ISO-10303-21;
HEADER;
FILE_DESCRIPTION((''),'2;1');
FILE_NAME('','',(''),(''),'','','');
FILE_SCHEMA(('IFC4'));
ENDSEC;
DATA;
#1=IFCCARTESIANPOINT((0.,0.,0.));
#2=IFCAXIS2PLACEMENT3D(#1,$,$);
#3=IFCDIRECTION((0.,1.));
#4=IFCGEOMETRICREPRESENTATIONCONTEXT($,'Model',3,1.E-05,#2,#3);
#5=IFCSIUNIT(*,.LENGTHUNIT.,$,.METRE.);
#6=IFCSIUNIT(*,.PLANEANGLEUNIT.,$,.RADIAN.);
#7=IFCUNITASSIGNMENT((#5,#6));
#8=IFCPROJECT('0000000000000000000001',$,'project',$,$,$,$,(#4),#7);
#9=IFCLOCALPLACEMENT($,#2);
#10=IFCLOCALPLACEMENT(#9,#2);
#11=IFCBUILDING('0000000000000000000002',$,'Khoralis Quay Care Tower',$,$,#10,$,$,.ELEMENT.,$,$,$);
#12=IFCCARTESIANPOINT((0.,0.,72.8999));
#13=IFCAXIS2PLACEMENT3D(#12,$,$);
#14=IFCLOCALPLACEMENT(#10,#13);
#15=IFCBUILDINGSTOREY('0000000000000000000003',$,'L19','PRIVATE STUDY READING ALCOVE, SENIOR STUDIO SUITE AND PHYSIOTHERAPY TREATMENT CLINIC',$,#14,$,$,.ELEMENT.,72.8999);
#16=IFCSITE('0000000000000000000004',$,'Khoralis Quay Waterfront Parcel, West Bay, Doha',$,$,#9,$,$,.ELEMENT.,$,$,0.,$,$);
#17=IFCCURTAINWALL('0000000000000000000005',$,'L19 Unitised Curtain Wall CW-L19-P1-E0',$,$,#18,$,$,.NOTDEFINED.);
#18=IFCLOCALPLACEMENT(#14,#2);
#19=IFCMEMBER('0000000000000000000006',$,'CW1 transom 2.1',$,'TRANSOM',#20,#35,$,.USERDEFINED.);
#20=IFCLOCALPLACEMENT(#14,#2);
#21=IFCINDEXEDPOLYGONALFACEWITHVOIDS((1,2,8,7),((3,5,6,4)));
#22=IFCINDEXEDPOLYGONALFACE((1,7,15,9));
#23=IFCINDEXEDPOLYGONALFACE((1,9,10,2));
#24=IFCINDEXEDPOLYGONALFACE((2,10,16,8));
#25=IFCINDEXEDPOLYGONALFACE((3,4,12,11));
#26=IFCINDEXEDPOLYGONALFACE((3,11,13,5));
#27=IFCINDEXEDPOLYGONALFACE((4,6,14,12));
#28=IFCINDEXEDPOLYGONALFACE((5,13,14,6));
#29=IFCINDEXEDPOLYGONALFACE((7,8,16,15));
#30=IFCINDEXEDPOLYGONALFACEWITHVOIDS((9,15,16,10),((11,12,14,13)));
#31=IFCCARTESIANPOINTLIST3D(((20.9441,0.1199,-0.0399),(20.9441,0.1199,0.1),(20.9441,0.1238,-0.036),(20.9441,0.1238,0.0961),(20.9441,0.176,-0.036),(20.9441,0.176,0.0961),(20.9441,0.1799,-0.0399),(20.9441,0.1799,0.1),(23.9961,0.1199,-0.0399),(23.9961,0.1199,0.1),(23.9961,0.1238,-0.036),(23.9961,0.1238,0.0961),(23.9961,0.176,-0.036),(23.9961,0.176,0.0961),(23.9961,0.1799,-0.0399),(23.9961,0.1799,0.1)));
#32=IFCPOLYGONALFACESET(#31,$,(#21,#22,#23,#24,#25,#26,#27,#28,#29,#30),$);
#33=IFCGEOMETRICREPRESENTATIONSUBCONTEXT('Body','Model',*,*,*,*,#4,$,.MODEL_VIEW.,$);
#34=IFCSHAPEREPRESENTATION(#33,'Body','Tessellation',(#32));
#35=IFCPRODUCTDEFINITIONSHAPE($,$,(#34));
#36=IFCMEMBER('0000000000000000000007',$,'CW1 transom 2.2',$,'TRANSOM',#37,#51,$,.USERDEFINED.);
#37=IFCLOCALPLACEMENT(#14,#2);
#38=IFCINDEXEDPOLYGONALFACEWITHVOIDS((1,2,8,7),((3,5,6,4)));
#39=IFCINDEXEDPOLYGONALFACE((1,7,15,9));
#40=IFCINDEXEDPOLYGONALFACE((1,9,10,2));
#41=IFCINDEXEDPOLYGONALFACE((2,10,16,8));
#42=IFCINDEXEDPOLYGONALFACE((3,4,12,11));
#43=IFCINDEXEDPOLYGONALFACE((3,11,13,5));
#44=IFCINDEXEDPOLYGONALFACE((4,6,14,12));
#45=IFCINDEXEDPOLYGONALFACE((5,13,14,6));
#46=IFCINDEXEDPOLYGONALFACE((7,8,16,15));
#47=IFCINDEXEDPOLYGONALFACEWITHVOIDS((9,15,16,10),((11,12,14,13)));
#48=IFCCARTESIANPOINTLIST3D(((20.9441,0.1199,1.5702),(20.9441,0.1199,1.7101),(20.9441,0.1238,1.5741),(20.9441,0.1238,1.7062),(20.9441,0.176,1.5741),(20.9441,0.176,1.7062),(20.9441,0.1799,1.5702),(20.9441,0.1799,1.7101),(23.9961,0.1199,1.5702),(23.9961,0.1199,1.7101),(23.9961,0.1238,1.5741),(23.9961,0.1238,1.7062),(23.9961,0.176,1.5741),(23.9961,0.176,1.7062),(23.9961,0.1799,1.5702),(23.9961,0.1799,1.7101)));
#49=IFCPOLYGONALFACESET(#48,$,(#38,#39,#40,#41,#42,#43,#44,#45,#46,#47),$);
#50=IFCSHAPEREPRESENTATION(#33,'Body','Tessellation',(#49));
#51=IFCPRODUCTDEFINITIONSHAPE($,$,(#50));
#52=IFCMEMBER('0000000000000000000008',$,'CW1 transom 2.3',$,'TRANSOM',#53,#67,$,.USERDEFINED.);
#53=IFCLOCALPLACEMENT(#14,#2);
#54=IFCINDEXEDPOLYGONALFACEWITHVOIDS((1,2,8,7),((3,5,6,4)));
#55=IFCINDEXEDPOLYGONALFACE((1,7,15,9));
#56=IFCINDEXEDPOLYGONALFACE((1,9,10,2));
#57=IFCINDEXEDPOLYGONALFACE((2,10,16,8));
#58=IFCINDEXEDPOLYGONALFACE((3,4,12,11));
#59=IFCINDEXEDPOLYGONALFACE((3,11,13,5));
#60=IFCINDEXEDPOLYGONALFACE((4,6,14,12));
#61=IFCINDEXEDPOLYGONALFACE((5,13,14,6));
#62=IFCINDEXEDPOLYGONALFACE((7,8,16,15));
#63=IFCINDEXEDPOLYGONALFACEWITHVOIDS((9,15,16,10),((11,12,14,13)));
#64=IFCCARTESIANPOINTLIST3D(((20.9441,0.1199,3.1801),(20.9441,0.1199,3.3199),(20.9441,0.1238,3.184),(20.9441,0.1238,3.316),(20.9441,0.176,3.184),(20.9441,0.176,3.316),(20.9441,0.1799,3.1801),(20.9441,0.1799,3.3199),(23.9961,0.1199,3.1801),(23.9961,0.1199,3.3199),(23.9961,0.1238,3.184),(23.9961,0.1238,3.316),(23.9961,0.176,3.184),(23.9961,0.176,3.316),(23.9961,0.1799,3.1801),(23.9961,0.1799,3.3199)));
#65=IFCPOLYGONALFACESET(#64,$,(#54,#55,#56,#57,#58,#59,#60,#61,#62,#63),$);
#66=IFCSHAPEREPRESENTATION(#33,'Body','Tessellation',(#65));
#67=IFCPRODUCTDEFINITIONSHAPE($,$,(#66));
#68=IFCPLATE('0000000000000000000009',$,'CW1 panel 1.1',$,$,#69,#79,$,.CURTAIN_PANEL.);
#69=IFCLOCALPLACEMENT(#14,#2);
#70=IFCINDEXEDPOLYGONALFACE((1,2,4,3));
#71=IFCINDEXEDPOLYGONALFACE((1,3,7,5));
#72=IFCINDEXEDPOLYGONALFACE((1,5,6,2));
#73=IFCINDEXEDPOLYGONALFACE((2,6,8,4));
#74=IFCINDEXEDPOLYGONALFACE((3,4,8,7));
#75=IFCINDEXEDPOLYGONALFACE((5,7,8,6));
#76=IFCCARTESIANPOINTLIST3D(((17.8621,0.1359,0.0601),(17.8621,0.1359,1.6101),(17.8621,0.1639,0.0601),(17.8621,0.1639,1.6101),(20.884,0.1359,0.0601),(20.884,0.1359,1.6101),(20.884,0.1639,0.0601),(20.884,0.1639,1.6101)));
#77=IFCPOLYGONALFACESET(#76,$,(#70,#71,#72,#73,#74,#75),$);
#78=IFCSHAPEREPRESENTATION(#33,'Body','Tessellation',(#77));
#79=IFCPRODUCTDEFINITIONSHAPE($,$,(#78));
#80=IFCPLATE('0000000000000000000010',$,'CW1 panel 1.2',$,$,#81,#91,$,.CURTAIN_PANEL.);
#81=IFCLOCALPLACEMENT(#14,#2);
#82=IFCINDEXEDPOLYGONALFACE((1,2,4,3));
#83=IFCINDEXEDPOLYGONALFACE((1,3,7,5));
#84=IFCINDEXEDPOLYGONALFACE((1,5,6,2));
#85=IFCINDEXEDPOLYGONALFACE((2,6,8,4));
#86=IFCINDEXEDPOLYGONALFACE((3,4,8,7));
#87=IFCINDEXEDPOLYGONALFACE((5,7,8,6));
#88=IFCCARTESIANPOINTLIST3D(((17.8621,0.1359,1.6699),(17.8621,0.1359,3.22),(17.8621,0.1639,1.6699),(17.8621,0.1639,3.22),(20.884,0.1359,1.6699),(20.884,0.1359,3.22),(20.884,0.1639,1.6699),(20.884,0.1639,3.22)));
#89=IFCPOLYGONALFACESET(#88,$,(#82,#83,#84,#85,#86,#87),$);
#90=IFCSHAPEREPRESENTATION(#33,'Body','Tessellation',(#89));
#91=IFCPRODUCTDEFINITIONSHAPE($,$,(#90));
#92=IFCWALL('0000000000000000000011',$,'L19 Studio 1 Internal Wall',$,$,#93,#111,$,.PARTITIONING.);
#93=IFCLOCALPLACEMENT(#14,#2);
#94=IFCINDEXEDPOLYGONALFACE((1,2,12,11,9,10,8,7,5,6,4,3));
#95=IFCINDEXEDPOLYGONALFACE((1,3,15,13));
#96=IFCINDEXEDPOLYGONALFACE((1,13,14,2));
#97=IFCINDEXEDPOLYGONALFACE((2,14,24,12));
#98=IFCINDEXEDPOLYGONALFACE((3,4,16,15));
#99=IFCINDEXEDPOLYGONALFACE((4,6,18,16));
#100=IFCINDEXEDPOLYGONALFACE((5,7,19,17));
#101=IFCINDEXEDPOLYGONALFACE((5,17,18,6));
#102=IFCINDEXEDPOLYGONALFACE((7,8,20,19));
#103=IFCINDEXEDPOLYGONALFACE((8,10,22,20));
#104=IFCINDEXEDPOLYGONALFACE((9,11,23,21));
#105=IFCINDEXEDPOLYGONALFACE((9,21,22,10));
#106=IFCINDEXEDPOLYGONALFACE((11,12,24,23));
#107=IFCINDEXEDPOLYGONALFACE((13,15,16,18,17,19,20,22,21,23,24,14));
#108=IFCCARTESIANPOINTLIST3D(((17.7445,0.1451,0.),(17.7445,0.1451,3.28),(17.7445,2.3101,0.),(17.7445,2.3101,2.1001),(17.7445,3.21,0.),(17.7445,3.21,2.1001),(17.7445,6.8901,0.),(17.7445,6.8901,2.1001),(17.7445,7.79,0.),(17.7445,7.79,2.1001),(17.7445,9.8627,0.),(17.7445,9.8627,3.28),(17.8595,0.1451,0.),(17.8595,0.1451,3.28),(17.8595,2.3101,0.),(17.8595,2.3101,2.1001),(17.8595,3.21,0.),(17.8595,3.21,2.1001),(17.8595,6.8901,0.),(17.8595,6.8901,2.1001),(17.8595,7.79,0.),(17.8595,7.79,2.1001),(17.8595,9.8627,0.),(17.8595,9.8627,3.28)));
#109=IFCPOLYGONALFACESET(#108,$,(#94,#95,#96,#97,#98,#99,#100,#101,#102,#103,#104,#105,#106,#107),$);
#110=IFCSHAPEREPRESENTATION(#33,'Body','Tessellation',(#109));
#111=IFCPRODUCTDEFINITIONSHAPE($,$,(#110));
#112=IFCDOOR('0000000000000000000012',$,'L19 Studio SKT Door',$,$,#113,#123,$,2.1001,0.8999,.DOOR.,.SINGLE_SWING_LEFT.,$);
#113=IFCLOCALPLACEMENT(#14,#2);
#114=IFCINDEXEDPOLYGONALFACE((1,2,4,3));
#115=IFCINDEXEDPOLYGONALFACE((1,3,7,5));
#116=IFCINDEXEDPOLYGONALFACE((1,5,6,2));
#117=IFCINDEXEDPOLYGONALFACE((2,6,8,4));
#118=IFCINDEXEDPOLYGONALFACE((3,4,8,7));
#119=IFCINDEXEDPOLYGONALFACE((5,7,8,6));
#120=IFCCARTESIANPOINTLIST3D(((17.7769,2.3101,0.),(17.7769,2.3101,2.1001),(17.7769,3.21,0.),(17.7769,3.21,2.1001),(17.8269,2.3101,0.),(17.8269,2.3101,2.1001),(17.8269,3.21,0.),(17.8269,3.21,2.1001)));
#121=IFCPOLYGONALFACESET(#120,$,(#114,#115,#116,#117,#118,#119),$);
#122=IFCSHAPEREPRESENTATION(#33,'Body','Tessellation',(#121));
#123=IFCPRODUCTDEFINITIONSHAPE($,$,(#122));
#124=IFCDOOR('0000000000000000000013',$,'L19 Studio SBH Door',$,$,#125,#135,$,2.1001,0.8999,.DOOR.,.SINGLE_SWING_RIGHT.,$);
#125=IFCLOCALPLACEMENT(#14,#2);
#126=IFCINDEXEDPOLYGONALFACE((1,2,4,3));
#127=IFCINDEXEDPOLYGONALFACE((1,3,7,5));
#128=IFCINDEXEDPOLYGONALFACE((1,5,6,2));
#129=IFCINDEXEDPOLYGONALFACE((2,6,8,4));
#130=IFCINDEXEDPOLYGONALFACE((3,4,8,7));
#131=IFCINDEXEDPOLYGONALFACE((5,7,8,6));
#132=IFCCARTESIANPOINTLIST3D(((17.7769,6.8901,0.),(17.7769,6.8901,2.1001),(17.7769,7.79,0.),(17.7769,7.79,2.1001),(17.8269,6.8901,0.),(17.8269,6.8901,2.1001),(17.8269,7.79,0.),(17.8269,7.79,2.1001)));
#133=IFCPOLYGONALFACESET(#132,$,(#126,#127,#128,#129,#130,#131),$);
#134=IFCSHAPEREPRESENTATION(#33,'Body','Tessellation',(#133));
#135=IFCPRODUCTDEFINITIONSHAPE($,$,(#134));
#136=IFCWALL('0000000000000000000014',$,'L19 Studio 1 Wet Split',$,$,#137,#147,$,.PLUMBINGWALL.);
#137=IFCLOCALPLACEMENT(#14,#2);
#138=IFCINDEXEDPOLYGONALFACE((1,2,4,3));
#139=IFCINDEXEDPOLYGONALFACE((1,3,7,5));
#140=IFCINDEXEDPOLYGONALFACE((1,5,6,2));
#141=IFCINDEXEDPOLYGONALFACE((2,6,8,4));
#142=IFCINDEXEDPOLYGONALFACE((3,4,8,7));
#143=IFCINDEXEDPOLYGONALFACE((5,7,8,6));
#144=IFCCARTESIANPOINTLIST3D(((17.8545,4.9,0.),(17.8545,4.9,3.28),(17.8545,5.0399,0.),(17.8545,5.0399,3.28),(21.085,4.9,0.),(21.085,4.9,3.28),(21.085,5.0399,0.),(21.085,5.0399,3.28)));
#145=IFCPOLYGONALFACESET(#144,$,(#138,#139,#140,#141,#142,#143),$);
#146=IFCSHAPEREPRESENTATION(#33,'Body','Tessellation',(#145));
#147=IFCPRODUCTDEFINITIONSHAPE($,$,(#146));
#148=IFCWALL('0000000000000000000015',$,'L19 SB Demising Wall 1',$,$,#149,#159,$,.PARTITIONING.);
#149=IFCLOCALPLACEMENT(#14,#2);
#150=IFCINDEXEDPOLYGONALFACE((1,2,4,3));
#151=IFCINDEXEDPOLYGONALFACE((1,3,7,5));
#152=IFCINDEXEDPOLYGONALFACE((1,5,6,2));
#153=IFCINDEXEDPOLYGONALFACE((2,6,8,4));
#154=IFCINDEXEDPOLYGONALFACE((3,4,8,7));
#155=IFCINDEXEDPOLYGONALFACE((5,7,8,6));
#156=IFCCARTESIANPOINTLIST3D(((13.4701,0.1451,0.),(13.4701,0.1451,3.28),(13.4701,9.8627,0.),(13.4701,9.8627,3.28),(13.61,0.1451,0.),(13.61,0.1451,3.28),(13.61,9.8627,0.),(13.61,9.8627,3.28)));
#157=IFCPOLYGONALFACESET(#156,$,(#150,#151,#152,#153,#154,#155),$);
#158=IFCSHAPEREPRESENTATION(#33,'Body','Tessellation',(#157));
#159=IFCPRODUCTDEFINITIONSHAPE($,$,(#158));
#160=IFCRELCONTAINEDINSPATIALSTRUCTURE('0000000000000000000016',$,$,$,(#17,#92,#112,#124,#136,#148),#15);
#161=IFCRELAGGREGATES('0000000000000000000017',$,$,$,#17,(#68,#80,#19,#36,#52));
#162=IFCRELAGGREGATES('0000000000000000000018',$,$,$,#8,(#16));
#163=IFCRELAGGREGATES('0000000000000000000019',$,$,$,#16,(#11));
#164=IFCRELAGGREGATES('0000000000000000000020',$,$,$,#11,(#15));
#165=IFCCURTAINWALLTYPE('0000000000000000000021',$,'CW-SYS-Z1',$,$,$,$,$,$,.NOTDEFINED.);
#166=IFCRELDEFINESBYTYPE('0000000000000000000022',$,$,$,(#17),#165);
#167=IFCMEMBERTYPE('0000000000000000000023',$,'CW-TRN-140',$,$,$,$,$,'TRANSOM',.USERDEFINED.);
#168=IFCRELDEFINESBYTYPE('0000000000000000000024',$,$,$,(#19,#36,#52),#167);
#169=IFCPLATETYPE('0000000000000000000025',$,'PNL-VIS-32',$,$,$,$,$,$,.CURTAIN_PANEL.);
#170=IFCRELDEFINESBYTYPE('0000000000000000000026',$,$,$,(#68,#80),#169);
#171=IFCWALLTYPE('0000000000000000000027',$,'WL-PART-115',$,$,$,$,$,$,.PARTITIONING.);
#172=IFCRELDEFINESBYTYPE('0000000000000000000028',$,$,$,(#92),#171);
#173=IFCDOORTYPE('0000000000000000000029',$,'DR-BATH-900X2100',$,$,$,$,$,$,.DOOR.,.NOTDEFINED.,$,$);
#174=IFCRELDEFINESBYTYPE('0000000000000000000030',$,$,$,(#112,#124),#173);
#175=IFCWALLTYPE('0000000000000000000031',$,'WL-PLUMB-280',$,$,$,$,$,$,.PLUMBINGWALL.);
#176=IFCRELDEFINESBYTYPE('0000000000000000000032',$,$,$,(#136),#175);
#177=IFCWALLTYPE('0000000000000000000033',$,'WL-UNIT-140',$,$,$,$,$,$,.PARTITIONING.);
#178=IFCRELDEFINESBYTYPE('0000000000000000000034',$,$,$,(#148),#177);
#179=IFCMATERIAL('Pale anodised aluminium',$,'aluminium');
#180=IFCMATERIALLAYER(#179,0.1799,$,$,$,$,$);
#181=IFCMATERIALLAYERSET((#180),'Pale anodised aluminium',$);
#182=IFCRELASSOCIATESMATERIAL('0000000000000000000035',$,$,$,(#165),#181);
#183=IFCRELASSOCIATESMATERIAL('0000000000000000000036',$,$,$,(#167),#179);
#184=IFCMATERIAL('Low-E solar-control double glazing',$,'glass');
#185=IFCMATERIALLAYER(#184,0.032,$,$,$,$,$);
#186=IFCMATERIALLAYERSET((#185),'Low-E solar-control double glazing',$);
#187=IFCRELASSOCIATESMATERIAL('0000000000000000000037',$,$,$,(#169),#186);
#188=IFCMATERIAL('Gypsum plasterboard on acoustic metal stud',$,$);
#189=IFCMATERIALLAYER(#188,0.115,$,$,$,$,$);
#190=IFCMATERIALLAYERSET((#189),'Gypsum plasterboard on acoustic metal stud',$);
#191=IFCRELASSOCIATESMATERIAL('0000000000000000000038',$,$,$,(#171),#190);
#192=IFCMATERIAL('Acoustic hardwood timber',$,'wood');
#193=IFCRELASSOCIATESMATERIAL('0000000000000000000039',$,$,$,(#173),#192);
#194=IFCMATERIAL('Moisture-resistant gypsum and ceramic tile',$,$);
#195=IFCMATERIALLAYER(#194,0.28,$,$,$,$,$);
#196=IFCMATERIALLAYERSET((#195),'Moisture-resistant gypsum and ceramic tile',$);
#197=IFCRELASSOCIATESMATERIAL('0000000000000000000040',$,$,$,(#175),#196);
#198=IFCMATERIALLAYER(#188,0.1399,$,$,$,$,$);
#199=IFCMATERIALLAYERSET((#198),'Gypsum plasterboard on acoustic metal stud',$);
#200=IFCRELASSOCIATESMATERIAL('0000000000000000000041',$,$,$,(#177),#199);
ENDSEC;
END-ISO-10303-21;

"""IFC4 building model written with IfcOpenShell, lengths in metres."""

from ifc_helpers import new_model, si_unit, direction, frame, frame_2d, origin, origin_2d, place, context, subcontext, project, spatial, rectangle, hollow_rectangle, extrude, source, transform, mapped, material, layer, layer_set, material_profile, profile_set, type_object, element, fill, aggregate, save


model = new_model("IFC4")

# Units and contexts
model_context = context("Model", 3, precision=1e-05, world=origin(), true_north=direction((0.0, 1.0)))
body_context = subcontext(model_context, "Body", "Model", "MODEL_VIEW")
ifc_project = project(units=[si_unit("LENGTHUNIT", "METRE"), si_unit("PLANEANGLEUNIT", "RADIAN")], contexts=[model_context])

# Site, building, storey
site_placement = place(None, origin())
site = spatial("IfcSite", under=ifc_project, at=site_placement, Name="Khoralis Quay Waterfront Parcel, West Bay, Doha", CompositionType="ELEMENT", RefElevation=0.0)
building_placement = place(site_placement, origin())
building = spatial("IfcBuilding", under=site, at=building_placement, Name="Khoralis Quay Care Tower", CompositionType="ELEMENT")
storey_placement = place(building_placement, frame((0.0, 0.0, 72.8999)))
storey = spatial("IfcBuildingStorey", under=building, at=storey_placement, Name="L19", Description="PRIVATE STUDY READING ALCOVE, SENIOR STUDIO SUITE AND PHYSIOTHERAPY TREATMENT CLINIC", CompositionType="ELEMENT", Elevation=72.8999)

# Curtain wall, members, plates
ifc_material_1 = material(Name="Pale anodised aluminium", Category="aluminium")
ifc_layer_1 = layer(ifc_material_1, 0.1799)
ifc_layer_set_1 = layer_set([ifc_layer_1], Name="Pale anodised aluminium")
curtain_wall_type = type_object("IfcCurtainWallType", Name="CW-SYS-Z1", PredefinedType="NOTDEFINED", material=ifc_layer_set_1)
curtain_wall_placement = place(storey_placement, origin())
curtain_wall = element("IfcCurtainWall", 1, at=curtain_wall_placement, inside=storey, type_object=curtain_wall_type, Name="L19 Unitised Curtain Wall CW-L19-P1-E0", PredefinedType="NOTDEFINED")
ifc_material_profile_1 = material_profile(ifc_material_1, hollow_rectangle(XDim=0.0601, YDim=0.1399, WallThickness=0.0039, at=origin_2d()), Name="Pale anodised aluminium")
ifc_profile_set_1 = profile_set([ifc_material_profile_1], Name="Pale anodised aluminium")
member_type_1 = type_object("IfcMemberType", Name="CW-TRN-140", ElementType="TRANSOM", PredefinedType="USERDEFINED", material=ifc_profile_set_1)
shared_shape_1 = source(origin(), body_context, "Body", "SweptSolid", [
    extrude(hollow_rectangle(XDim=0.0601, YDim=0.1399, WallThickness=0.0039, at=origin_2d()), origin(), (0.0, 0.0, 1.0), 3.052),
])
member_1_placement = place(storey_placement, frame((20.9441, 0.1499, 0.03), z_axis=(1.0, 0.0, 0.0), x_axis=(0.0, 1.0, 0.0)))
member_1 = element("IfcMember", 2, at=member_1_placement, type_object=member_type_1, Name="CW1 transom 2.1", ObjectType="TRANSOM", PredefinedType="USERDEFINED", context=body_context, shape_type="MappedRepresentation", body=[
    mapped(shared_shape_1, transform((0.0, 0.0, 0.0), scale=1.0)),
])
member_2_placement = place(storey_placement, frame((20.9441, 0.1499, 1.6401), z_axis=(1.0, 0.0, 0.0), x_axis=(0.0, 1.0, 0.0)))
member_2 = element("IfcMember", 3, at=member_2_placement, type_object=member_type_1, Name="CW1 transom 2.2", ObjectType="TRANSOM", PredefinedType="USERDEFINED", context=body_context, shape_type="MappedRepresentation", body=[
    mapped(shared_shape_1, transform((0.0, 0.0, 0.0), scale=1.0)),
])
member_3_placement = place(storey_placement, frame((20.9441, 0.1499, 3.25), z_axis=(1.0, 0.0, 0.0), x_axis=(0.0, 1.0, 0.0)))
member_3 = element("IfcMember", 4, at=member_3_placement, type_object=member_type_1, Name="CW1 transom 2.3", ObjectType="TRANSOM", PredefinedType="USERDEFINED", context=body_context, shape_type="MappedRepresentation", body=[
    mapped(shared_shape_1, transform((0.0, 0.0, 0.0), scale=1.0)),
])
ifc_material_2 = material(Name="Low-E solar-control double glazing", Category="glass")
ifc_layer_2 = layer(ifc_material_2, 0.032)
ifc_layer_set_2 = layer_set([ifc_layer_2], Name="Low-E solar-control double glazing")
plate_type = type_object("IfcPlateType", Name="PNL-VIS-32", PredefinedType="CURTAIN_PANEL", material=ifc_layer_set_2)
shared_shape_2 = source(origin(), body_context, "Body", "SweptSolid", [
    extrude(rectangle(XDim=3.022, YDim=0.0281, at=origin_2d()), origin(), (0.0, 0.0, 1.0), 1.55),
])
plate_1_placement = place(storey_placement, frame((19.373, 0.1499, 0.0601), z_axis=(0.0, 0.0, 1.0), x_axis=(1.0, 0.0, 0.0)))
plate_1 = element("IfcPlate", 5, at=plate_1_placement, type_object=plate_type, Name="CW1 panel 1.1", PredefinedType="CURTAIN_PANEL", context=body_context, shape_type="MappedRepresentation", body=[
    mapped(shared_shape_2, transform((0.0, 0.0, 0.0), scale=1.0)),
])
plate_2_placement = place(storey_placement, frame((19.373, 0.1499, 1.6699), z_axis=(0.0, 0.0, 1.0), x_axis=(1.0, 0.0, 0.0)))
plate_2 = element("IfcPlate", 6, at=plate_2_placement, type_object=plate_type, Name="CW1 panel 1.2", PredefinedType="CURTAIN_PANEL", context=body_context, shape_type="MappedRepresentation", body=[
    mapped(shared_shape_2, transform((0.0, 0.0, 0.0), scale=1.0)),
])
aggregate(curtain_wall, [plate_1, plate_2, member_1, member_2, member_3])

# Wall, openings, doors
ifc_material_3 = material(Name="Gypsum plasterboard on acoustic metal stud")
ifc_layer_3 = layer(ifc_material_3, 0.115)
ifc_layer_set_3 = layer_set([ifc_layer_3], Name="Gypsum plasterboard on acoustic metal stud")
wall_type_1 = type_object("IfcWallType", Name="WL-PART-115", PredefinedType="PARTITIONING", material=ifc_layer_set_3)
wall_1_placement = place(storey_placement, frame((17.802, 0.145, 0.0), z_axis=(0.0, 0.0, 1.0), x_axis=(0.0, 1.0, 0.0)))
wall_1 = element("IfcWall", 7, at=wall_1_placement, inside=storey, type_object=wall_type_1, Name="L19 Studio 1 Internal Wall", PredefinedType="PARTITIONING", context=body_context, shape_type="SweptSolid", body=[
    extrude(rectangle(XDim=9.7175, YDim=0.115, at=frame_2d((4.8589, 0.0))), origin(), (0.0, 0.0, 1.0), 3.28),
])
opening_1_placement = place(wall_1_placement, frame((2.165, 0.0, 0.0)))
opening_1 = element("IfcOpeningElement", 8, at=opening_1_placement, cuts=wall_1, PredefinedType="OPENING", context=body_context, shape_type="SweptSolid", body=[
    extrude(rectangle(XDim=0.8999, YDim=2.1001, at=frame_2d((0.45, 1.05))), frame((0.0, 0.0674, 0.0), z_axis=(0.0, -1.0, 0.0), x_axis=(1.0, 0.0, 0.0)), (0.0, 0.0, 1.0), 0.135),
])
opening_2_placement = place(wall_1_placement, frame((6.7451, 0.0, 0.0)))
opening_2 = element("IfcOpeningElement", 9, at=opening_2_placement, cuts=wall_1, PredefinedType="OPENING", context=body_context, shape_type="SweptSolid", body=[
    extrude(rectangle(XDim=0.8999, YDim=2.1001, at=frame_2d((0.45, 1.05))), frame((0.0, 0.0674, 0.0), z_axis=(0.0, -1.0, 0.0), x_axis=(1.0, 0.0, 0.0)), (0.0, 0.0, 1.0), 0.135),
])
ifc_material_4 = material(Name="Acoustic hardwood timber", Category="wood")
door_type = type_object("IfcDoorType", Name="DR-BATH-900X2100", OperationType="NOTDEFINED", PredefinedType="DOOR", material=ifc_material_4)
shared_shape_3 = source(origin(), body_context, "Body", "SweptSolid", [
    extrude(rectangle(XDim=0.8999, YDim=2.1001, at=frame_2d((0.45, 1.05))), frame((0.0, 0.0249, 0.0), z_axis=(0.0, -1.0, 0.0), x_axis=(1.0, 0.0, 0.0)), (0.0, 0.0, 1.0), 0.05),
])
door_1_placement = place(opening_1_placement, frame((0.8999, 0.0, 0.0), z_axis=(0.0, 0.0, 1.0), x_axis=(-1.0, 0.0, 0.0)))
door_1 = element("IfcDoor", 10, at=door_1_placement, inside=storey, type_object=door_type, Name="L19 Studio SKT Door", OperationType="SINGLE_SWING_LEFT", OverallHeight=2.1001, OverallWidth=0.8999, PredefinedType="DOOR", context=body_context, shape_type="MappedRepresentation", body=[
    mapped(shared_shape_3, transform((0.0, 0.0, 0.0), scale=1.0)),
])
fill(opening_1, door_1)
door_2_placement = place(opening_2_placement, frame((0.8999, 0.0, 0.0), z_axis=(0.0, 0.0, 1.0), x_axis=(-1.0, 0.0, 0.0)))
door_2 = element("IfcDoor", 11, at=door_2_placement, inside=storey, type_object=door_type, Name="L19 Studio SBH Door", OperationType="SINGLE_SWING_RIGHT", OverallHeight=2.1001, OverallWidth=0.8999, PredefinedType="DOOR", context=body_context, shape_type="MappedRepresentation", body=[
    mapped(shared_shape_3, transform((0.0, 0.0, 0.0), scale=1.0)),
])
fill(opening_2, door_2)

# Walls
ifc_material_5 = material(Name="Moisture-resistant gypsum and ceramic tile")
ifc_layer_4 = layer(ifc_material_5, 0.28)
ifc_layer_set_4 = layer_set([ifc_layer_4], Name="Moisture-resistant gypsum and ceramic tile")
wall_type_2 = type_object("IfcWallType", Name="WL-PLUMB-280", PredefinedType="PLUMBINGWALL", material=ifc_layer_set_4)
wall_2_placement = place(storey_placement, frame((17.8545, 4.97, 0.0), z_axis=(0.0, 0.0, 1.0), x_axis=(1.0, 0.0, 0.0)))
element("IfcWall", 12, at=wall_2_placement, inside=storey, type_object=wall_type_2, Name="L19 Studio 1 Wet Split", PredefinedType="PLUMBINGWALL", context=body_context, shape_type="SweptSolid", body=[
    extrude(rectangle(XDim=3.2305, YDim=0.1399, at=frame_2d((1.6152, 0.0))), origin(), (0.0, 0.0, 1.0), 3.28),
])
ifc_layer_5 = layer(ifc_material_3, 0.1399)
ifc_layer_set_5 = layer_set([ifc_layer_5], Name="Gypsum plasterboard on acoustic metal stud")
wall_type_3 = type_object("IfcWallType", Name="WL-UNIT-140", PredefinedType="PARTITIONING", material=ifc_layer_set_5)
wall_3_placement = place(storey_placement, frame((13.54, 0.145, 0.0), z_axis=(0.0, 0.0, 1.0), x_axis=(0.0, 1.0, 0.0)))
element("IfcWall", 13, at=wall_3_placement, inside=storey, type_object=wall_type_3, Name="L19 SB Demising Wall 1", PredefinedType="PARTITIONING", context=body_context, shape_type="SweptSolid", body=[
    extrude(rectangle(XDim=9.7175, YDim=0.1399, at=frame_2d((4.8589, 0.0))), origin(), (0.0, 0.0, 1.0), 3.28),
])

save(model, "model.ifc")
